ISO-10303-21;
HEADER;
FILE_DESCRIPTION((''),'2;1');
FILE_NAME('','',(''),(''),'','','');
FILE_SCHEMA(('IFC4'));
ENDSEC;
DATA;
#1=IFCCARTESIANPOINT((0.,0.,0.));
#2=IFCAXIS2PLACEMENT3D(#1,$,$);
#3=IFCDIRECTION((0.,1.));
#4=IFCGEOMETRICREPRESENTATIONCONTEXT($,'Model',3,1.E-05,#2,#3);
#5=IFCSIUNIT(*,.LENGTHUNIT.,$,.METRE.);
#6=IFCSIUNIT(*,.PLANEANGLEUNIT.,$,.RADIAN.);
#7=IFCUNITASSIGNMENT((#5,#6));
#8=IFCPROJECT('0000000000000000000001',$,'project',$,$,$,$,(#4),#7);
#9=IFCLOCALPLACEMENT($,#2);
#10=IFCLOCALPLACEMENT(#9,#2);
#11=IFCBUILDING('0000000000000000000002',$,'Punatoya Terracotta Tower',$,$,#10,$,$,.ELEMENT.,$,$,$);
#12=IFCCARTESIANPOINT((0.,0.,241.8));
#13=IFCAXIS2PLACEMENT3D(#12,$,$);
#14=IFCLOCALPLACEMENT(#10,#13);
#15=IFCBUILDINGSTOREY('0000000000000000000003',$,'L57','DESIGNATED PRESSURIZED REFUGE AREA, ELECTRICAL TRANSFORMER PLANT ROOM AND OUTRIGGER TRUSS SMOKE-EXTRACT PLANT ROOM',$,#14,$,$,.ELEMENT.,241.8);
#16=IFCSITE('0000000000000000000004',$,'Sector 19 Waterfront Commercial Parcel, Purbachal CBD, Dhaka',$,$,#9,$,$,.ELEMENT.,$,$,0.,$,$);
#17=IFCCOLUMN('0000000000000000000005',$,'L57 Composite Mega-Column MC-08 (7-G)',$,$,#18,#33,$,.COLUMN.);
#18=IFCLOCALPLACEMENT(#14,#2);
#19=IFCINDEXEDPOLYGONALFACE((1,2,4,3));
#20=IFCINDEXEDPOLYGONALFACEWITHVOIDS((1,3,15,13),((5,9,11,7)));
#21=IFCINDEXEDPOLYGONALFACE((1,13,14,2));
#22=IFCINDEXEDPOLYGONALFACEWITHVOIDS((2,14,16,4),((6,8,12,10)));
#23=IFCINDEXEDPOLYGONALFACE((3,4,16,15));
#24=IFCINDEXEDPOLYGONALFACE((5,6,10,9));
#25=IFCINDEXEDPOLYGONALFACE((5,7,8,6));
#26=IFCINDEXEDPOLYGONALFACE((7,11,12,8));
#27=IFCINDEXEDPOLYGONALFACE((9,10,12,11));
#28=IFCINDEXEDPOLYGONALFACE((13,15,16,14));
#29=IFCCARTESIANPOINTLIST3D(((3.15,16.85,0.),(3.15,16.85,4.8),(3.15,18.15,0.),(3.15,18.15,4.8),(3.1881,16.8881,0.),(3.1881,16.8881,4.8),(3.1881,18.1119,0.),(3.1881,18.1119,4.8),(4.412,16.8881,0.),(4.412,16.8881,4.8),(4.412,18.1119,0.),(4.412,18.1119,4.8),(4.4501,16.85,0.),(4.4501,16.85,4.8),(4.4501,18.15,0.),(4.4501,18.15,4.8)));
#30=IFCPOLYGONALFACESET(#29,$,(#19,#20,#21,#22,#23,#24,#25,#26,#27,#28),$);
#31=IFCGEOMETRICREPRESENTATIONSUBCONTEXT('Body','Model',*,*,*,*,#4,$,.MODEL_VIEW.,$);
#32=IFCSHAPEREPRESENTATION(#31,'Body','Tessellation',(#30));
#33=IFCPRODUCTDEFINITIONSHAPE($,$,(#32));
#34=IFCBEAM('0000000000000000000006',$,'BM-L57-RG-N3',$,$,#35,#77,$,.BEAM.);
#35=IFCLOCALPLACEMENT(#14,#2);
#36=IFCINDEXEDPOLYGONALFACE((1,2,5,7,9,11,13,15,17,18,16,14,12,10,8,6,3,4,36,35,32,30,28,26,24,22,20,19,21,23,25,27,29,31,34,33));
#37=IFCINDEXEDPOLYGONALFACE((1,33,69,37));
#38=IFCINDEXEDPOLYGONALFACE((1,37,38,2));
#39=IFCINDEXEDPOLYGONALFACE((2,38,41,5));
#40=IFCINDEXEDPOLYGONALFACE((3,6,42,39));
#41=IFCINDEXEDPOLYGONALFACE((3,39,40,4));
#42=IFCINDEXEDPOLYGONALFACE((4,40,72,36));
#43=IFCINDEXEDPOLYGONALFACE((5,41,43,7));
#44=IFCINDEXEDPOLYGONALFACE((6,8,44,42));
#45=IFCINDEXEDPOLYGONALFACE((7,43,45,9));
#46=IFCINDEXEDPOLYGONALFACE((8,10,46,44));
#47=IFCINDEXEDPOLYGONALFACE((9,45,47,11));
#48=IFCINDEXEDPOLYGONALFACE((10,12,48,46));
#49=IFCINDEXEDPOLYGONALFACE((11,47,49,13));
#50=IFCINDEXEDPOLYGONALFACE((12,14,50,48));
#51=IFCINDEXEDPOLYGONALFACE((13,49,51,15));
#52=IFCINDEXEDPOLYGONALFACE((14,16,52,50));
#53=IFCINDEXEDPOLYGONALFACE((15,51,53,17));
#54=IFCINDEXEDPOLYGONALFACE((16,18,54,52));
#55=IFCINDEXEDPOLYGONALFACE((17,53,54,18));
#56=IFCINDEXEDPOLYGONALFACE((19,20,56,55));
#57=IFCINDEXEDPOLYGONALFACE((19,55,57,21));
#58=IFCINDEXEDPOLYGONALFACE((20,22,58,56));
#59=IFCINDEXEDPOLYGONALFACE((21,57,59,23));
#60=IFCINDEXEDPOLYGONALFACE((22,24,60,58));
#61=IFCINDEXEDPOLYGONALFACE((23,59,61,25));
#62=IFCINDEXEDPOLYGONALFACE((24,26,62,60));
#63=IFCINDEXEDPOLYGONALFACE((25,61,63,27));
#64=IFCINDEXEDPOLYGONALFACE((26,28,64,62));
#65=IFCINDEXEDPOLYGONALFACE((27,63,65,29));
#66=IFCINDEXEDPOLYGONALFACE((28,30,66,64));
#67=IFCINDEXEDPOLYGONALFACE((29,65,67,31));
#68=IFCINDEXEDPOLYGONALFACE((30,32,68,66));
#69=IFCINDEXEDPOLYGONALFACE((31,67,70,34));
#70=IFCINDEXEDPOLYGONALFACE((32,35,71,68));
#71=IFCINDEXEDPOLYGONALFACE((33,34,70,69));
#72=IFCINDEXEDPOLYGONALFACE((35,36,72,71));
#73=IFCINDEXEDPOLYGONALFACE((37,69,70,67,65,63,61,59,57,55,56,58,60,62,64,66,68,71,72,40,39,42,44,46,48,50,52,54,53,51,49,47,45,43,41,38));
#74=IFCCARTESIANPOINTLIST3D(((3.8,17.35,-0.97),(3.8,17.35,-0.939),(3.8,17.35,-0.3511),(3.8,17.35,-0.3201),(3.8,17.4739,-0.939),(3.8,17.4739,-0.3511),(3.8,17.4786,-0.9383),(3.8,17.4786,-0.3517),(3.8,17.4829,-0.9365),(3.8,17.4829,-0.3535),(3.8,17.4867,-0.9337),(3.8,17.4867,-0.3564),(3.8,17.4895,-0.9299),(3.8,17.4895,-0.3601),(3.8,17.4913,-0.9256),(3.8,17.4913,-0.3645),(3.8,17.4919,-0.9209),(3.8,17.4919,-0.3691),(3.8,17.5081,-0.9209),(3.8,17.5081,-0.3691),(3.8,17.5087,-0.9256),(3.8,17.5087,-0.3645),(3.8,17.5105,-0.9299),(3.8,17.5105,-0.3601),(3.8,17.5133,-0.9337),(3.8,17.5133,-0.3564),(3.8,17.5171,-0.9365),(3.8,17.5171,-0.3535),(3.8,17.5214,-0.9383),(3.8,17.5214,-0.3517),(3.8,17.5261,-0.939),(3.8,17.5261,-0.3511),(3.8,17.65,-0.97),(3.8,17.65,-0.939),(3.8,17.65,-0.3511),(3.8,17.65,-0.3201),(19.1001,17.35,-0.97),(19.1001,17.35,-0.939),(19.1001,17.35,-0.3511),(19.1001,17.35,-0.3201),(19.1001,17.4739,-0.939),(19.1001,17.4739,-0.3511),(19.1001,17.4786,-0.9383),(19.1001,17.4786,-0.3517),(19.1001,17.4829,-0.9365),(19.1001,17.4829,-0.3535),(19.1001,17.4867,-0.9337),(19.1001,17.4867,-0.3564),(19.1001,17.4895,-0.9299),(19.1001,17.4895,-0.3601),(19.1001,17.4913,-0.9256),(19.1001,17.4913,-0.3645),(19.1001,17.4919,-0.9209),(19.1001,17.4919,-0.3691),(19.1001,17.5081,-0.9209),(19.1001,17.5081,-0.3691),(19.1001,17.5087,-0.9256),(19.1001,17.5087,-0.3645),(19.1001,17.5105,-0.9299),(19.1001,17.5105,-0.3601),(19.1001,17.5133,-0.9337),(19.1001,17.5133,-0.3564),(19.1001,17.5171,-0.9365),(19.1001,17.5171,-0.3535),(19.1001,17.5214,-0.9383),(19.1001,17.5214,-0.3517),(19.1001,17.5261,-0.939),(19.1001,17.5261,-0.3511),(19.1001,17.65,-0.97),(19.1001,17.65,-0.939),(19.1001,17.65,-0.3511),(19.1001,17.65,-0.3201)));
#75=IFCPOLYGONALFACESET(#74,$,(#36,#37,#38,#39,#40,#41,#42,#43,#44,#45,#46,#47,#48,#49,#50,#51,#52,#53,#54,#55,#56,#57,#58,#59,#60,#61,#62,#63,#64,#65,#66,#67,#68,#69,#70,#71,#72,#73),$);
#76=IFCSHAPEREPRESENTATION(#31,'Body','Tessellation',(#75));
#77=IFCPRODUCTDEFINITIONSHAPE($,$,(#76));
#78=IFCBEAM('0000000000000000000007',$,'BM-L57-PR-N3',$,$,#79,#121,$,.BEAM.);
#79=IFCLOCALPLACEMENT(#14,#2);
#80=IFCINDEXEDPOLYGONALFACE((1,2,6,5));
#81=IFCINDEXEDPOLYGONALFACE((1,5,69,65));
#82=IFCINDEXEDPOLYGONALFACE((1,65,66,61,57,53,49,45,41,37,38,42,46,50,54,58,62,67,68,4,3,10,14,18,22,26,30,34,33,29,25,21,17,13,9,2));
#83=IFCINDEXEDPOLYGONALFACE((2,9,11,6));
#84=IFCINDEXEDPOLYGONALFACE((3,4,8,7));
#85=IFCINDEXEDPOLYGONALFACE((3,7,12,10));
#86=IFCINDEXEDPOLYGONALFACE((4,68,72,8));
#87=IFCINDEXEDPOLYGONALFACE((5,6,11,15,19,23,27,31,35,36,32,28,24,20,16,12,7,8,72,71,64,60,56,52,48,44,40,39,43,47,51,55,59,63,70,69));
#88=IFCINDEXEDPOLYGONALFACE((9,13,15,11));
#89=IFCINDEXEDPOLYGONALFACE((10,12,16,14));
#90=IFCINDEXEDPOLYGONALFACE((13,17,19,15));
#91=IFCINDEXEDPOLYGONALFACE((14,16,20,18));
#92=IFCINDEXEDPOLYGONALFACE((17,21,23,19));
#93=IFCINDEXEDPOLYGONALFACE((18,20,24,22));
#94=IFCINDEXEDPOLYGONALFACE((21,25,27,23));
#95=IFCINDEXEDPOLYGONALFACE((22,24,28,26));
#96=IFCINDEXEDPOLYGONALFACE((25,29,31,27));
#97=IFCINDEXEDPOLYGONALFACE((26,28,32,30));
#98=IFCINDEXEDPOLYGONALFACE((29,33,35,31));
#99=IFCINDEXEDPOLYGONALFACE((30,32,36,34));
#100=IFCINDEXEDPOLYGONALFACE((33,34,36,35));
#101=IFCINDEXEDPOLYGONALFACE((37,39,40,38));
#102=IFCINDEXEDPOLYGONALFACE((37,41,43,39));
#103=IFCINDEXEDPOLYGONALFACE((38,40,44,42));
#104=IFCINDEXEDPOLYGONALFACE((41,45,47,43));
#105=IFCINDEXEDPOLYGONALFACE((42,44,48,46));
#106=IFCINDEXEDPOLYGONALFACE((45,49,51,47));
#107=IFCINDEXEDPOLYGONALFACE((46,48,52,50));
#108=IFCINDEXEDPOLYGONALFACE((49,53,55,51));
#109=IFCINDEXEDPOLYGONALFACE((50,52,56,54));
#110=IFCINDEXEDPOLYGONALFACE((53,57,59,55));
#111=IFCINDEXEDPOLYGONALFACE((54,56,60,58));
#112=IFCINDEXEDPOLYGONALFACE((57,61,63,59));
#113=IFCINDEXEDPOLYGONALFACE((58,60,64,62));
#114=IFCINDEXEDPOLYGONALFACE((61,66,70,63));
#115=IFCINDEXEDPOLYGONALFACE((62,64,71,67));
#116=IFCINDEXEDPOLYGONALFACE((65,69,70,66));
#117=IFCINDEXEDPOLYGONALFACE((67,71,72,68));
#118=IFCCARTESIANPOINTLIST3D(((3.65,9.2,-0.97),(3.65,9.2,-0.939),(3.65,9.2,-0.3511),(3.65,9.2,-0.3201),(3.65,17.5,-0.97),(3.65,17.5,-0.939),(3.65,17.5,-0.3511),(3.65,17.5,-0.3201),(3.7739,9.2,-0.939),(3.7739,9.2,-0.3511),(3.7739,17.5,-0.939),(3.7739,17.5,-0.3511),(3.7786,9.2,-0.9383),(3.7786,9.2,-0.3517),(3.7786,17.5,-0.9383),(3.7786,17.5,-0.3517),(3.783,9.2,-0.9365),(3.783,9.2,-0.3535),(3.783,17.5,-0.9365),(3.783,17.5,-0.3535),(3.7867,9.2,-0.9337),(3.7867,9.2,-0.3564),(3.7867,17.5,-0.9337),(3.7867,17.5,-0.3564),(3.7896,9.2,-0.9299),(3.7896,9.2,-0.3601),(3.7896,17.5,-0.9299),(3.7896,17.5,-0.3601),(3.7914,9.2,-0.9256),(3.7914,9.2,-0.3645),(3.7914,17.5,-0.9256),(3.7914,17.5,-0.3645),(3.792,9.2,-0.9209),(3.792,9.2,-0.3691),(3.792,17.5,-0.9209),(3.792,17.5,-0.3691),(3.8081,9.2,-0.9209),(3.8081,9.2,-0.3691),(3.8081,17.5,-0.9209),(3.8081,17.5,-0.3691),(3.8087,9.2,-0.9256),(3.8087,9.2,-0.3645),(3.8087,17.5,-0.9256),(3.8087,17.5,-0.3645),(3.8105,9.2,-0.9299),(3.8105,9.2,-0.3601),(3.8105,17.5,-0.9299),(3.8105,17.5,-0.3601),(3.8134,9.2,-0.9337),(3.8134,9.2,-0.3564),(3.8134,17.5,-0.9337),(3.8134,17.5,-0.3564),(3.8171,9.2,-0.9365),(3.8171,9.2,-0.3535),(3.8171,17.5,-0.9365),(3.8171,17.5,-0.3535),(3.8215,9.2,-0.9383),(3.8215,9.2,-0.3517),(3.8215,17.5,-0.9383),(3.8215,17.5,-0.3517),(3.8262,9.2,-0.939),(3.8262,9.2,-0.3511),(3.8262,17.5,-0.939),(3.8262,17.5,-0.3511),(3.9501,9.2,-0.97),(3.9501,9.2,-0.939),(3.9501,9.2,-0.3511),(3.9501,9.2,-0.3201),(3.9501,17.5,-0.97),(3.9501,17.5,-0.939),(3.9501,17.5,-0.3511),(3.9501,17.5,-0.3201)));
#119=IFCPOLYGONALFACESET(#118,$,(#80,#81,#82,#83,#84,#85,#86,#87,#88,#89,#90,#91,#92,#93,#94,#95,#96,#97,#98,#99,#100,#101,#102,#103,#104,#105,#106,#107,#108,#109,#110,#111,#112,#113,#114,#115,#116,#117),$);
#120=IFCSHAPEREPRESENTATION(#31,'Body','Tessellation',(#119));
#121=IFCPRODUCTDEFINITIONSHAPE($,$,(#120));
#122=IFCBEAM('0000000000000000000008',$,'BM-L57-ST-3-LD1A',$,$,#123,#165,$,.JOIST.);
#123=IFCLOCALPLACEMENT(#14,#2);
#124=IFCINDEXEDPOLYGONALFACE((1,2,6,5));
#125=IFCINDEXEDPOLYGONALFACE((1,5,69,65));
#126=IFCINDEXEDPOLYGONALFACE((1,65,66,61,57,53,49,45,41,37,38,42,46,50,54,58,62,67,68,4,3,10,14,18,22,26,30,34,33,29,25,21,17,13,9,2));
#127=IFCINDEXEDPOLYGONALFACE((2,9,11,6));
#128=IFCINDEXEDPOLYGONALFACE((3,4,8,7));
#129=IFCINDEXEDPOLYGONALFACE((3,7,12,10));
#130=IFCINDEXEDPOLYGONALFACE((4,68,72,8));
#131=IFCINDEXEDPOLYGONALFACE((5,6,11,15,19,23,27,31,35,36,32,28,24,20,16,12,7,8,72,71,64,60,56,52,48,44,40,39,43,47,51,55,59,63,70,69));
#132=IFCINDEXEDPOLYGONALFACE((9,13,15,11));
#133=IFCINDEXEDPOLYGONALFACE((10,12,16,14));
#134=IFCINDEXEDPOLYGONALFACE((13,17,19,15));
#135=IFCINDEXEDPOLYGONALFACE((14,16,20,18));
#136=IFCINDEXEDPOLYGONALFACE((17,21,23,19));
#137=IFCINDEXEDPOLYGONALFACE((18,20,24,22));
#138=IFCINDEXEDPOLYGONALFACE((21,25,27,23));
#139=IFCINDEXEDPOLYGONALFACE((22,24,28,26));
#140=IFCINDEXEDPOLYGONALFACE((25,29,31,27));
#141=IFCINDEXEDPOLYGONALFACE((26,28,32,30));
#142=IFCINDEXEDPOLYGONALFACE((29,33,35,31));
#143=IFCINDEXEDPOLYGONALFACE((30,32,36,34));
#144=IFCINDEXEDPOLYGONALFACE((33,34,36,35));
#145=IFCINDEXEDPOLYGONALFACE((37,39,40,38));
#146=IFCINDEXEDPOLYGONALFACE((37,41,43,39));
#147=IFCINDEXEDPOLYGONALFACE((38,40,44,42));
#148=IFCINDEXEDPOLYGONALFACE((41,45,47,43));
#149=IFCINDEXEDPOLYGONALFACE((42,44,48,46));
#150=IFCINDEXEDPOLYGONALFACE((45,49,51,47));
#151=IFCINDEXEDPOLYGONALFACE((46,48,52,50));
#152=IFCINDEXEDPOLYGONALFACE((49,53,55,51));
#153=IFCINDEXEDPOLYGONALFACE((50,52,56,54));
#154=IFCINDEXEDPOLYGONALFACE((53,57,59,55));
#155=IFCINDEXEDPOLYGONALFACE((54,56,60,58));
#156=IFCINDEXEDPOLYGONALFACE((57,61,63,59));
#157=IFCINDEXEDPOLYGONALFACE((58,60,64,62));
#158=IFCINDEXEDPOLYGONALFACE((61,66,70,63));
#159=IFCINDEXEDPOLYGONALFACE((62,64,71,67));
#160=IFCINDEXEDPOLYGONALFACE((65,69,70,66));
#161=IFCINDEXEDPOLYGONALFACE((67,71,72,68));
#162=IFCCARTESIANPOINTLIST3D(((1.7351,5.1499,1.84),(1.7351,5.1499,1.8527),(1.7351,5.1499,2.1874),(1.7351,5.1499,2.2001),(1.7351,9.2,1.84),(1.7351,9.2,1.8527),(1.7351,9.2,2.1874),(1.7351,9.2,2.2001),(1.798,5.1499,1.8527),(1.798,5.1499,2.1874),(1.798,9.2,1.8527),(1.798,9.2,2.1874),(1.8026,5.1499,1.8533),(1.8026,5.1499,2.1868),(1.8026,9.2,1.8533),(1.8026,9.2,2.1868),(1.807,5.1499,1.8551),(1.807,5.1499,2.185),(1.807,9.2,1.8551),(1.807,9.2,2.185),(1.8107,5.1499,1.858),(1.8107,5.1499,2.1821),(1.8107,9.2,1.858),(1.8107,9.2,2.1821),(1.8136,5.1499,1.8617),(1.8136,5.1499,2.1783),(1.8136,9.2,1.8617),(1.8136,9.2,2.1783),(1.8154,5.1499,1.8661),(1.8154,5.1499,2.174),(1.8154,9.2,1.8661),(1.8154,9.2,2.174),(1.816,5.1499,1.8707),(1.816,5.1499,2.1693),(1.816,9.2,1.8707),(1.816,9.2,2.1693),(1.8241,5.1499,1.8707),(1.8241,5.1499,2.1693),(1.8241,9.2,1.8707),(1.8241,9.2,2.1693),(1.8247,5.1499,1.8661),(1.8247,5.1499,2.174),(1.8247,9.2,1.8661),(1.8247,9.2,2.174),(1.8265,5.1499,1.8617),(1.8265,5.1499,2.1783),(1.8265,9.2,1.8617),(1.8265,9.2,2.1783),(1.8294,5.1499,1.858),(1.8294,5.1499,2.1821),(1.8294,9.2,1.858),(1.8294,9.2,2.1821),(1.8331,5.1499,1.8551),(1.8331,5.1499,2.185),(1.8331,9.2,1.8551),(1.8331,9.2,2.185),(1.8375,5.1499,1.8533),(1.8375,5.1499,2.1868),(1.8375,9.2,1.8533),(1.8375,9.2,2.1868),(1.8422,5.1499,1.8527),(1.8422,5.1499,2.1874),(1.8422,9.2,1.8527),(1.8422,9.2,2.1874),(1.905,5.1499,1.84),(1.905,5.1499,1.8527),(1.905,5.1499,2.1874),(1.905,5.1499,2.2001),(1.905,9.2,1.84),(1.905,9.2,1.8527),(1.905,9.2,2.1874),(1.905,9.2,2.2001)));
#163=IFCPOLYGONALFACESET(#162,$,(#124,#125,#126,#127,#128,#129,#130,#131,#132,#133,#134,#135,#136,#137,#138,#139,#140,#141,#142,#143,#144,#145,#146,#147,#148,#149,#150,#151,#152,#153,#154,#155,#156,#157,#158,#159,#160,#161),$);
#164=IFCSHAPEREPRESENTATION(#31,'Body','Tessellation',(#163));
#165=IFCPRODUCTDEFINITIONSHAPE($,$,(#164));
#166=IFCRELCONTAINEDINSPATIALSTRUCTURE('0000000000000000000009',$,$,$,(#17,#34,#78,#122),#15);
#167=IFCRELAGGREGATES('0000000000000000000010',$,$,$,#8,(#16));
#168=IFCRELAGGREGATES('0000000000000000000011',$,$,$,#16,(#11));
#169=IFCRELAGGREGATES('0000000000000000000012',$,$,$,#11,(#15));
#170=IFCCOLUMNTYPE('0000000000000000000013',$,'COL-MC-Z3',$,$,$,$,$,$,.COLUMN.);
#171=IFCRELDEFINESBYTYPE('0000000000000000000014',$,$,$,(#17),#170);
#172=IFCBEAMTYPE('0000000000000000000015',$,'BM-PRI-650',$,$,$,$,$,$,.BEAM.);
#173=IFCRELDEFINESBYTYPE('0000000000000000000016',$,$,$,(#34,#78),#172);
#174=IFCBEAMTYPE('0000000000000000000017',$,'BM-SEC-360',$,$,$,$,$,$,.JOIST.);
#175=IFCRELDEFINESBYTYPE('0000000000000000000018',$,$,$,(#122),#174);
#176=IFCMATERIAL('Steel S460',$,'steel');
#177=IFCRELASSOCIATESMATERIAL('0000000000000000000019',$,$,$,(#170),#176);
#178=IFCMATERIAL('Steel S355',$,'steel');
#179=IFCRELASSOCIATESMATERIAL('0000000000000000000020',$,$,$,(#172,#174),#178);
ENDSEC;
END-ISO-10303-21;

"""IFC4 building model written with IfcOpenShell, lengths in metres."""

from ifc_helpers import new_model, si_unit, direction, frame, origin, origin_2d, place, context, subcontext, project, spatial, hollow_rectangle, i_section, extrude, material, material_profile, profile_set, type_object, element, save


model = new_model("IFC4")

# Units and contexts
model_context = context("Model", 3, precision=1e-05, world=origin(), true_north=direction((0.0, 1.0)))
body_context = subcontext(model_context, "Body", "Model", "MODEL_VIEW")
ifc_project = project(units=[si_unit("LENGTHUNIT", "METRE"), si_unit("PLANEANGLEUNIT", "RADIAN")], contexts=[model_context])

# Site, building, storey
site_placement = place(None, origin())
site = spatial("IfcSite", under=ifc_project, at=site_placement, Name="Sector 19 Waterfront Commercial Parcel, Purbachal CBD, Dhaka", CompositionType="ELEMENT", RefElevation=0.0)
building_placement = place(site_placement, origin())
building = spatial("IfcBuilding", under=site, at=building_placement, Name="Punatoya Terracotta Tower", CompositionType="ELEMENT")
storey_placement = place(building_placement, frame((0.0, 0.0, 241.8)))
storey = spatial("IfcBuildingStorey", under=building, at=storey_placement, Name="L57", Description="DESIGNATED PRESSURIZED REFUGE AREA, ELECTRICAL TRANSFORMER PLANT ROOM AND OUTRIGGER TRUSS SMOKE-EXTRACT PLANT ROOM", CompositionType="ELEMENT", Elevation=241.8)

# Column
ifc_material_1 = material(Name="Steel S460", Category="steel")
ifc_material_profile_1 = material_profile(ifc_material_1, hollow_rectangle(XDim=1.3, YDim=1.3, WallThickness=0.0381, at=origin_2d()))
ifc_profile_set_1 = profile_set([ifc_material_profile_1], Name="Steel S460")
column_type = type_object("IfcColumnType", Name="COL-MC-Z3", PredefinedType="COLUMN", material=ifc_profile_set_1)
column_placement = place(storey_placement, frame((3.8, 17.5, 0.0), z_axis=(0.0, 0.0, 1.0), x_axis=(1.0, 0.0, 0.0)))
element("IfcColumn", 1, at=column_placement, inside=storey, type_object=column_type, Name="L57 Composite Mega-Column MC-08 (7-G)", PredefinedType="COLUMN", context=body_context, shape_type="SweptSolid", body=[
    extrude(hollow_rectangle(XDim=1.3, YDim=1.3, WallThickness=0.0381, at=origin_2d()), origin(), (0.0, 0.0, 1.0), 4.8),
])

# Beams
ifc_material_2 = material(Name="Steel S355", Category="steel")
ifc_material_profile_2 = material_profile(ifc_material_2, i_section(OverallWidth=0.3, OverallDepth=0.6499, WebThickness=0.0161, FlangeThickness=0.031, FilletRadius=0.0181, at=origin_2d()))
ifc_profile_set_2 = profile_set([ifc_material_profile_2], Name="Steel S355")
beam_type_1 = type_object("IfcBeamType", Name="BM-PRI-650", PredefinedType="BEAM", material=ifc_profile_set_2)
beam_1_placement = place(storey_placement, frame((3.8, 17.5, -0.645), z_axis=(1.0, 0.0, 0.0), x_axis=(0.0, 1.0, 0.0)))
element("IfcBeam", 2, at=beam_1_placement, inside=storey, type_object=beam_type_1, Name="BM-L57-RG-N3", PredefinedType="BEAM", context=body_context, shape_type="SweptSolid", body=[
    extrude(i_section(OverallWidth=0.3, OverallDepth=0.6499, WebThickness=0.0161, FlangeThickness=0.031, FilletRadius=0.0181, at=origin_2d()), origin(), (0.0, 0.0, 1.0), 15.3),
])
beam_2_placement = place(storey_placement, frame((3.8, 9.2, -0.645), z_axis=(0.0, 1.0, 0.0), x_axis=(-1.0, 0.0, 0.0)))
element("IfcBeam", 3, at=beam_2_placement, inside=storey, type_object=beam_type_1, Name="BM-L57-PR-N3", PredefinedType="BEAM", context=body_context, shape_type="SweptSolid", body=[
    extrude(i_section(OverallWidth=0.3, OverallDepth=0.6499, WebThickness=0.0161, FlangeThickness=0.031, FilletRadius=0.0181, at=origin_2d()), origin(), (0.0, 0.0, 1.0), 8.3),
])
ifc_material_profile_3 = material_profile(ifc_material_2, i_section(OverallWidth=0.1699, OverallDepth=0.3601, WebThickness=0.0081, FlangeThickness=0.0127, FilletRadius=0.0181, at=origin_2d()))
ifc_profile_set_3 = profile_set([ifc_material_profile_3], Name="Steel S355")
beam_type_2 = type_object("IfcBeamType", Name="BM-SEC-360", PredefinedType="JOIST", material=ifc_profile_set_3)
for number, where, z_axis, x_axis, name in (
    (4, (1.8201, 5.1499, 2.02), (0.0, 1.0, 0.0), (-1.0, 0.0, 0.0), "BM-L57-ST-3-LD1A"),
):
    element("IfcBeam", number, at=place(storey_placement, frame(where, z_axis=z_axis, x_axis=x_axis)), inside=storey, type_object=beam_type_2, Name=name, PredefinedType="JOIST", context=body_context, shape_type="SweptSolid", body=[
        extrude(i_section(OverallWidth=0.1699, OverallDepth=0.3601, WebThickness=0.0081, FlangeThickness=0.0127, FilletRadius=0.0181, at=origin_2d()), origin(), (0.0, 0.0, 1.0), 4.05),
    ])

save(model, "model.ifc")
